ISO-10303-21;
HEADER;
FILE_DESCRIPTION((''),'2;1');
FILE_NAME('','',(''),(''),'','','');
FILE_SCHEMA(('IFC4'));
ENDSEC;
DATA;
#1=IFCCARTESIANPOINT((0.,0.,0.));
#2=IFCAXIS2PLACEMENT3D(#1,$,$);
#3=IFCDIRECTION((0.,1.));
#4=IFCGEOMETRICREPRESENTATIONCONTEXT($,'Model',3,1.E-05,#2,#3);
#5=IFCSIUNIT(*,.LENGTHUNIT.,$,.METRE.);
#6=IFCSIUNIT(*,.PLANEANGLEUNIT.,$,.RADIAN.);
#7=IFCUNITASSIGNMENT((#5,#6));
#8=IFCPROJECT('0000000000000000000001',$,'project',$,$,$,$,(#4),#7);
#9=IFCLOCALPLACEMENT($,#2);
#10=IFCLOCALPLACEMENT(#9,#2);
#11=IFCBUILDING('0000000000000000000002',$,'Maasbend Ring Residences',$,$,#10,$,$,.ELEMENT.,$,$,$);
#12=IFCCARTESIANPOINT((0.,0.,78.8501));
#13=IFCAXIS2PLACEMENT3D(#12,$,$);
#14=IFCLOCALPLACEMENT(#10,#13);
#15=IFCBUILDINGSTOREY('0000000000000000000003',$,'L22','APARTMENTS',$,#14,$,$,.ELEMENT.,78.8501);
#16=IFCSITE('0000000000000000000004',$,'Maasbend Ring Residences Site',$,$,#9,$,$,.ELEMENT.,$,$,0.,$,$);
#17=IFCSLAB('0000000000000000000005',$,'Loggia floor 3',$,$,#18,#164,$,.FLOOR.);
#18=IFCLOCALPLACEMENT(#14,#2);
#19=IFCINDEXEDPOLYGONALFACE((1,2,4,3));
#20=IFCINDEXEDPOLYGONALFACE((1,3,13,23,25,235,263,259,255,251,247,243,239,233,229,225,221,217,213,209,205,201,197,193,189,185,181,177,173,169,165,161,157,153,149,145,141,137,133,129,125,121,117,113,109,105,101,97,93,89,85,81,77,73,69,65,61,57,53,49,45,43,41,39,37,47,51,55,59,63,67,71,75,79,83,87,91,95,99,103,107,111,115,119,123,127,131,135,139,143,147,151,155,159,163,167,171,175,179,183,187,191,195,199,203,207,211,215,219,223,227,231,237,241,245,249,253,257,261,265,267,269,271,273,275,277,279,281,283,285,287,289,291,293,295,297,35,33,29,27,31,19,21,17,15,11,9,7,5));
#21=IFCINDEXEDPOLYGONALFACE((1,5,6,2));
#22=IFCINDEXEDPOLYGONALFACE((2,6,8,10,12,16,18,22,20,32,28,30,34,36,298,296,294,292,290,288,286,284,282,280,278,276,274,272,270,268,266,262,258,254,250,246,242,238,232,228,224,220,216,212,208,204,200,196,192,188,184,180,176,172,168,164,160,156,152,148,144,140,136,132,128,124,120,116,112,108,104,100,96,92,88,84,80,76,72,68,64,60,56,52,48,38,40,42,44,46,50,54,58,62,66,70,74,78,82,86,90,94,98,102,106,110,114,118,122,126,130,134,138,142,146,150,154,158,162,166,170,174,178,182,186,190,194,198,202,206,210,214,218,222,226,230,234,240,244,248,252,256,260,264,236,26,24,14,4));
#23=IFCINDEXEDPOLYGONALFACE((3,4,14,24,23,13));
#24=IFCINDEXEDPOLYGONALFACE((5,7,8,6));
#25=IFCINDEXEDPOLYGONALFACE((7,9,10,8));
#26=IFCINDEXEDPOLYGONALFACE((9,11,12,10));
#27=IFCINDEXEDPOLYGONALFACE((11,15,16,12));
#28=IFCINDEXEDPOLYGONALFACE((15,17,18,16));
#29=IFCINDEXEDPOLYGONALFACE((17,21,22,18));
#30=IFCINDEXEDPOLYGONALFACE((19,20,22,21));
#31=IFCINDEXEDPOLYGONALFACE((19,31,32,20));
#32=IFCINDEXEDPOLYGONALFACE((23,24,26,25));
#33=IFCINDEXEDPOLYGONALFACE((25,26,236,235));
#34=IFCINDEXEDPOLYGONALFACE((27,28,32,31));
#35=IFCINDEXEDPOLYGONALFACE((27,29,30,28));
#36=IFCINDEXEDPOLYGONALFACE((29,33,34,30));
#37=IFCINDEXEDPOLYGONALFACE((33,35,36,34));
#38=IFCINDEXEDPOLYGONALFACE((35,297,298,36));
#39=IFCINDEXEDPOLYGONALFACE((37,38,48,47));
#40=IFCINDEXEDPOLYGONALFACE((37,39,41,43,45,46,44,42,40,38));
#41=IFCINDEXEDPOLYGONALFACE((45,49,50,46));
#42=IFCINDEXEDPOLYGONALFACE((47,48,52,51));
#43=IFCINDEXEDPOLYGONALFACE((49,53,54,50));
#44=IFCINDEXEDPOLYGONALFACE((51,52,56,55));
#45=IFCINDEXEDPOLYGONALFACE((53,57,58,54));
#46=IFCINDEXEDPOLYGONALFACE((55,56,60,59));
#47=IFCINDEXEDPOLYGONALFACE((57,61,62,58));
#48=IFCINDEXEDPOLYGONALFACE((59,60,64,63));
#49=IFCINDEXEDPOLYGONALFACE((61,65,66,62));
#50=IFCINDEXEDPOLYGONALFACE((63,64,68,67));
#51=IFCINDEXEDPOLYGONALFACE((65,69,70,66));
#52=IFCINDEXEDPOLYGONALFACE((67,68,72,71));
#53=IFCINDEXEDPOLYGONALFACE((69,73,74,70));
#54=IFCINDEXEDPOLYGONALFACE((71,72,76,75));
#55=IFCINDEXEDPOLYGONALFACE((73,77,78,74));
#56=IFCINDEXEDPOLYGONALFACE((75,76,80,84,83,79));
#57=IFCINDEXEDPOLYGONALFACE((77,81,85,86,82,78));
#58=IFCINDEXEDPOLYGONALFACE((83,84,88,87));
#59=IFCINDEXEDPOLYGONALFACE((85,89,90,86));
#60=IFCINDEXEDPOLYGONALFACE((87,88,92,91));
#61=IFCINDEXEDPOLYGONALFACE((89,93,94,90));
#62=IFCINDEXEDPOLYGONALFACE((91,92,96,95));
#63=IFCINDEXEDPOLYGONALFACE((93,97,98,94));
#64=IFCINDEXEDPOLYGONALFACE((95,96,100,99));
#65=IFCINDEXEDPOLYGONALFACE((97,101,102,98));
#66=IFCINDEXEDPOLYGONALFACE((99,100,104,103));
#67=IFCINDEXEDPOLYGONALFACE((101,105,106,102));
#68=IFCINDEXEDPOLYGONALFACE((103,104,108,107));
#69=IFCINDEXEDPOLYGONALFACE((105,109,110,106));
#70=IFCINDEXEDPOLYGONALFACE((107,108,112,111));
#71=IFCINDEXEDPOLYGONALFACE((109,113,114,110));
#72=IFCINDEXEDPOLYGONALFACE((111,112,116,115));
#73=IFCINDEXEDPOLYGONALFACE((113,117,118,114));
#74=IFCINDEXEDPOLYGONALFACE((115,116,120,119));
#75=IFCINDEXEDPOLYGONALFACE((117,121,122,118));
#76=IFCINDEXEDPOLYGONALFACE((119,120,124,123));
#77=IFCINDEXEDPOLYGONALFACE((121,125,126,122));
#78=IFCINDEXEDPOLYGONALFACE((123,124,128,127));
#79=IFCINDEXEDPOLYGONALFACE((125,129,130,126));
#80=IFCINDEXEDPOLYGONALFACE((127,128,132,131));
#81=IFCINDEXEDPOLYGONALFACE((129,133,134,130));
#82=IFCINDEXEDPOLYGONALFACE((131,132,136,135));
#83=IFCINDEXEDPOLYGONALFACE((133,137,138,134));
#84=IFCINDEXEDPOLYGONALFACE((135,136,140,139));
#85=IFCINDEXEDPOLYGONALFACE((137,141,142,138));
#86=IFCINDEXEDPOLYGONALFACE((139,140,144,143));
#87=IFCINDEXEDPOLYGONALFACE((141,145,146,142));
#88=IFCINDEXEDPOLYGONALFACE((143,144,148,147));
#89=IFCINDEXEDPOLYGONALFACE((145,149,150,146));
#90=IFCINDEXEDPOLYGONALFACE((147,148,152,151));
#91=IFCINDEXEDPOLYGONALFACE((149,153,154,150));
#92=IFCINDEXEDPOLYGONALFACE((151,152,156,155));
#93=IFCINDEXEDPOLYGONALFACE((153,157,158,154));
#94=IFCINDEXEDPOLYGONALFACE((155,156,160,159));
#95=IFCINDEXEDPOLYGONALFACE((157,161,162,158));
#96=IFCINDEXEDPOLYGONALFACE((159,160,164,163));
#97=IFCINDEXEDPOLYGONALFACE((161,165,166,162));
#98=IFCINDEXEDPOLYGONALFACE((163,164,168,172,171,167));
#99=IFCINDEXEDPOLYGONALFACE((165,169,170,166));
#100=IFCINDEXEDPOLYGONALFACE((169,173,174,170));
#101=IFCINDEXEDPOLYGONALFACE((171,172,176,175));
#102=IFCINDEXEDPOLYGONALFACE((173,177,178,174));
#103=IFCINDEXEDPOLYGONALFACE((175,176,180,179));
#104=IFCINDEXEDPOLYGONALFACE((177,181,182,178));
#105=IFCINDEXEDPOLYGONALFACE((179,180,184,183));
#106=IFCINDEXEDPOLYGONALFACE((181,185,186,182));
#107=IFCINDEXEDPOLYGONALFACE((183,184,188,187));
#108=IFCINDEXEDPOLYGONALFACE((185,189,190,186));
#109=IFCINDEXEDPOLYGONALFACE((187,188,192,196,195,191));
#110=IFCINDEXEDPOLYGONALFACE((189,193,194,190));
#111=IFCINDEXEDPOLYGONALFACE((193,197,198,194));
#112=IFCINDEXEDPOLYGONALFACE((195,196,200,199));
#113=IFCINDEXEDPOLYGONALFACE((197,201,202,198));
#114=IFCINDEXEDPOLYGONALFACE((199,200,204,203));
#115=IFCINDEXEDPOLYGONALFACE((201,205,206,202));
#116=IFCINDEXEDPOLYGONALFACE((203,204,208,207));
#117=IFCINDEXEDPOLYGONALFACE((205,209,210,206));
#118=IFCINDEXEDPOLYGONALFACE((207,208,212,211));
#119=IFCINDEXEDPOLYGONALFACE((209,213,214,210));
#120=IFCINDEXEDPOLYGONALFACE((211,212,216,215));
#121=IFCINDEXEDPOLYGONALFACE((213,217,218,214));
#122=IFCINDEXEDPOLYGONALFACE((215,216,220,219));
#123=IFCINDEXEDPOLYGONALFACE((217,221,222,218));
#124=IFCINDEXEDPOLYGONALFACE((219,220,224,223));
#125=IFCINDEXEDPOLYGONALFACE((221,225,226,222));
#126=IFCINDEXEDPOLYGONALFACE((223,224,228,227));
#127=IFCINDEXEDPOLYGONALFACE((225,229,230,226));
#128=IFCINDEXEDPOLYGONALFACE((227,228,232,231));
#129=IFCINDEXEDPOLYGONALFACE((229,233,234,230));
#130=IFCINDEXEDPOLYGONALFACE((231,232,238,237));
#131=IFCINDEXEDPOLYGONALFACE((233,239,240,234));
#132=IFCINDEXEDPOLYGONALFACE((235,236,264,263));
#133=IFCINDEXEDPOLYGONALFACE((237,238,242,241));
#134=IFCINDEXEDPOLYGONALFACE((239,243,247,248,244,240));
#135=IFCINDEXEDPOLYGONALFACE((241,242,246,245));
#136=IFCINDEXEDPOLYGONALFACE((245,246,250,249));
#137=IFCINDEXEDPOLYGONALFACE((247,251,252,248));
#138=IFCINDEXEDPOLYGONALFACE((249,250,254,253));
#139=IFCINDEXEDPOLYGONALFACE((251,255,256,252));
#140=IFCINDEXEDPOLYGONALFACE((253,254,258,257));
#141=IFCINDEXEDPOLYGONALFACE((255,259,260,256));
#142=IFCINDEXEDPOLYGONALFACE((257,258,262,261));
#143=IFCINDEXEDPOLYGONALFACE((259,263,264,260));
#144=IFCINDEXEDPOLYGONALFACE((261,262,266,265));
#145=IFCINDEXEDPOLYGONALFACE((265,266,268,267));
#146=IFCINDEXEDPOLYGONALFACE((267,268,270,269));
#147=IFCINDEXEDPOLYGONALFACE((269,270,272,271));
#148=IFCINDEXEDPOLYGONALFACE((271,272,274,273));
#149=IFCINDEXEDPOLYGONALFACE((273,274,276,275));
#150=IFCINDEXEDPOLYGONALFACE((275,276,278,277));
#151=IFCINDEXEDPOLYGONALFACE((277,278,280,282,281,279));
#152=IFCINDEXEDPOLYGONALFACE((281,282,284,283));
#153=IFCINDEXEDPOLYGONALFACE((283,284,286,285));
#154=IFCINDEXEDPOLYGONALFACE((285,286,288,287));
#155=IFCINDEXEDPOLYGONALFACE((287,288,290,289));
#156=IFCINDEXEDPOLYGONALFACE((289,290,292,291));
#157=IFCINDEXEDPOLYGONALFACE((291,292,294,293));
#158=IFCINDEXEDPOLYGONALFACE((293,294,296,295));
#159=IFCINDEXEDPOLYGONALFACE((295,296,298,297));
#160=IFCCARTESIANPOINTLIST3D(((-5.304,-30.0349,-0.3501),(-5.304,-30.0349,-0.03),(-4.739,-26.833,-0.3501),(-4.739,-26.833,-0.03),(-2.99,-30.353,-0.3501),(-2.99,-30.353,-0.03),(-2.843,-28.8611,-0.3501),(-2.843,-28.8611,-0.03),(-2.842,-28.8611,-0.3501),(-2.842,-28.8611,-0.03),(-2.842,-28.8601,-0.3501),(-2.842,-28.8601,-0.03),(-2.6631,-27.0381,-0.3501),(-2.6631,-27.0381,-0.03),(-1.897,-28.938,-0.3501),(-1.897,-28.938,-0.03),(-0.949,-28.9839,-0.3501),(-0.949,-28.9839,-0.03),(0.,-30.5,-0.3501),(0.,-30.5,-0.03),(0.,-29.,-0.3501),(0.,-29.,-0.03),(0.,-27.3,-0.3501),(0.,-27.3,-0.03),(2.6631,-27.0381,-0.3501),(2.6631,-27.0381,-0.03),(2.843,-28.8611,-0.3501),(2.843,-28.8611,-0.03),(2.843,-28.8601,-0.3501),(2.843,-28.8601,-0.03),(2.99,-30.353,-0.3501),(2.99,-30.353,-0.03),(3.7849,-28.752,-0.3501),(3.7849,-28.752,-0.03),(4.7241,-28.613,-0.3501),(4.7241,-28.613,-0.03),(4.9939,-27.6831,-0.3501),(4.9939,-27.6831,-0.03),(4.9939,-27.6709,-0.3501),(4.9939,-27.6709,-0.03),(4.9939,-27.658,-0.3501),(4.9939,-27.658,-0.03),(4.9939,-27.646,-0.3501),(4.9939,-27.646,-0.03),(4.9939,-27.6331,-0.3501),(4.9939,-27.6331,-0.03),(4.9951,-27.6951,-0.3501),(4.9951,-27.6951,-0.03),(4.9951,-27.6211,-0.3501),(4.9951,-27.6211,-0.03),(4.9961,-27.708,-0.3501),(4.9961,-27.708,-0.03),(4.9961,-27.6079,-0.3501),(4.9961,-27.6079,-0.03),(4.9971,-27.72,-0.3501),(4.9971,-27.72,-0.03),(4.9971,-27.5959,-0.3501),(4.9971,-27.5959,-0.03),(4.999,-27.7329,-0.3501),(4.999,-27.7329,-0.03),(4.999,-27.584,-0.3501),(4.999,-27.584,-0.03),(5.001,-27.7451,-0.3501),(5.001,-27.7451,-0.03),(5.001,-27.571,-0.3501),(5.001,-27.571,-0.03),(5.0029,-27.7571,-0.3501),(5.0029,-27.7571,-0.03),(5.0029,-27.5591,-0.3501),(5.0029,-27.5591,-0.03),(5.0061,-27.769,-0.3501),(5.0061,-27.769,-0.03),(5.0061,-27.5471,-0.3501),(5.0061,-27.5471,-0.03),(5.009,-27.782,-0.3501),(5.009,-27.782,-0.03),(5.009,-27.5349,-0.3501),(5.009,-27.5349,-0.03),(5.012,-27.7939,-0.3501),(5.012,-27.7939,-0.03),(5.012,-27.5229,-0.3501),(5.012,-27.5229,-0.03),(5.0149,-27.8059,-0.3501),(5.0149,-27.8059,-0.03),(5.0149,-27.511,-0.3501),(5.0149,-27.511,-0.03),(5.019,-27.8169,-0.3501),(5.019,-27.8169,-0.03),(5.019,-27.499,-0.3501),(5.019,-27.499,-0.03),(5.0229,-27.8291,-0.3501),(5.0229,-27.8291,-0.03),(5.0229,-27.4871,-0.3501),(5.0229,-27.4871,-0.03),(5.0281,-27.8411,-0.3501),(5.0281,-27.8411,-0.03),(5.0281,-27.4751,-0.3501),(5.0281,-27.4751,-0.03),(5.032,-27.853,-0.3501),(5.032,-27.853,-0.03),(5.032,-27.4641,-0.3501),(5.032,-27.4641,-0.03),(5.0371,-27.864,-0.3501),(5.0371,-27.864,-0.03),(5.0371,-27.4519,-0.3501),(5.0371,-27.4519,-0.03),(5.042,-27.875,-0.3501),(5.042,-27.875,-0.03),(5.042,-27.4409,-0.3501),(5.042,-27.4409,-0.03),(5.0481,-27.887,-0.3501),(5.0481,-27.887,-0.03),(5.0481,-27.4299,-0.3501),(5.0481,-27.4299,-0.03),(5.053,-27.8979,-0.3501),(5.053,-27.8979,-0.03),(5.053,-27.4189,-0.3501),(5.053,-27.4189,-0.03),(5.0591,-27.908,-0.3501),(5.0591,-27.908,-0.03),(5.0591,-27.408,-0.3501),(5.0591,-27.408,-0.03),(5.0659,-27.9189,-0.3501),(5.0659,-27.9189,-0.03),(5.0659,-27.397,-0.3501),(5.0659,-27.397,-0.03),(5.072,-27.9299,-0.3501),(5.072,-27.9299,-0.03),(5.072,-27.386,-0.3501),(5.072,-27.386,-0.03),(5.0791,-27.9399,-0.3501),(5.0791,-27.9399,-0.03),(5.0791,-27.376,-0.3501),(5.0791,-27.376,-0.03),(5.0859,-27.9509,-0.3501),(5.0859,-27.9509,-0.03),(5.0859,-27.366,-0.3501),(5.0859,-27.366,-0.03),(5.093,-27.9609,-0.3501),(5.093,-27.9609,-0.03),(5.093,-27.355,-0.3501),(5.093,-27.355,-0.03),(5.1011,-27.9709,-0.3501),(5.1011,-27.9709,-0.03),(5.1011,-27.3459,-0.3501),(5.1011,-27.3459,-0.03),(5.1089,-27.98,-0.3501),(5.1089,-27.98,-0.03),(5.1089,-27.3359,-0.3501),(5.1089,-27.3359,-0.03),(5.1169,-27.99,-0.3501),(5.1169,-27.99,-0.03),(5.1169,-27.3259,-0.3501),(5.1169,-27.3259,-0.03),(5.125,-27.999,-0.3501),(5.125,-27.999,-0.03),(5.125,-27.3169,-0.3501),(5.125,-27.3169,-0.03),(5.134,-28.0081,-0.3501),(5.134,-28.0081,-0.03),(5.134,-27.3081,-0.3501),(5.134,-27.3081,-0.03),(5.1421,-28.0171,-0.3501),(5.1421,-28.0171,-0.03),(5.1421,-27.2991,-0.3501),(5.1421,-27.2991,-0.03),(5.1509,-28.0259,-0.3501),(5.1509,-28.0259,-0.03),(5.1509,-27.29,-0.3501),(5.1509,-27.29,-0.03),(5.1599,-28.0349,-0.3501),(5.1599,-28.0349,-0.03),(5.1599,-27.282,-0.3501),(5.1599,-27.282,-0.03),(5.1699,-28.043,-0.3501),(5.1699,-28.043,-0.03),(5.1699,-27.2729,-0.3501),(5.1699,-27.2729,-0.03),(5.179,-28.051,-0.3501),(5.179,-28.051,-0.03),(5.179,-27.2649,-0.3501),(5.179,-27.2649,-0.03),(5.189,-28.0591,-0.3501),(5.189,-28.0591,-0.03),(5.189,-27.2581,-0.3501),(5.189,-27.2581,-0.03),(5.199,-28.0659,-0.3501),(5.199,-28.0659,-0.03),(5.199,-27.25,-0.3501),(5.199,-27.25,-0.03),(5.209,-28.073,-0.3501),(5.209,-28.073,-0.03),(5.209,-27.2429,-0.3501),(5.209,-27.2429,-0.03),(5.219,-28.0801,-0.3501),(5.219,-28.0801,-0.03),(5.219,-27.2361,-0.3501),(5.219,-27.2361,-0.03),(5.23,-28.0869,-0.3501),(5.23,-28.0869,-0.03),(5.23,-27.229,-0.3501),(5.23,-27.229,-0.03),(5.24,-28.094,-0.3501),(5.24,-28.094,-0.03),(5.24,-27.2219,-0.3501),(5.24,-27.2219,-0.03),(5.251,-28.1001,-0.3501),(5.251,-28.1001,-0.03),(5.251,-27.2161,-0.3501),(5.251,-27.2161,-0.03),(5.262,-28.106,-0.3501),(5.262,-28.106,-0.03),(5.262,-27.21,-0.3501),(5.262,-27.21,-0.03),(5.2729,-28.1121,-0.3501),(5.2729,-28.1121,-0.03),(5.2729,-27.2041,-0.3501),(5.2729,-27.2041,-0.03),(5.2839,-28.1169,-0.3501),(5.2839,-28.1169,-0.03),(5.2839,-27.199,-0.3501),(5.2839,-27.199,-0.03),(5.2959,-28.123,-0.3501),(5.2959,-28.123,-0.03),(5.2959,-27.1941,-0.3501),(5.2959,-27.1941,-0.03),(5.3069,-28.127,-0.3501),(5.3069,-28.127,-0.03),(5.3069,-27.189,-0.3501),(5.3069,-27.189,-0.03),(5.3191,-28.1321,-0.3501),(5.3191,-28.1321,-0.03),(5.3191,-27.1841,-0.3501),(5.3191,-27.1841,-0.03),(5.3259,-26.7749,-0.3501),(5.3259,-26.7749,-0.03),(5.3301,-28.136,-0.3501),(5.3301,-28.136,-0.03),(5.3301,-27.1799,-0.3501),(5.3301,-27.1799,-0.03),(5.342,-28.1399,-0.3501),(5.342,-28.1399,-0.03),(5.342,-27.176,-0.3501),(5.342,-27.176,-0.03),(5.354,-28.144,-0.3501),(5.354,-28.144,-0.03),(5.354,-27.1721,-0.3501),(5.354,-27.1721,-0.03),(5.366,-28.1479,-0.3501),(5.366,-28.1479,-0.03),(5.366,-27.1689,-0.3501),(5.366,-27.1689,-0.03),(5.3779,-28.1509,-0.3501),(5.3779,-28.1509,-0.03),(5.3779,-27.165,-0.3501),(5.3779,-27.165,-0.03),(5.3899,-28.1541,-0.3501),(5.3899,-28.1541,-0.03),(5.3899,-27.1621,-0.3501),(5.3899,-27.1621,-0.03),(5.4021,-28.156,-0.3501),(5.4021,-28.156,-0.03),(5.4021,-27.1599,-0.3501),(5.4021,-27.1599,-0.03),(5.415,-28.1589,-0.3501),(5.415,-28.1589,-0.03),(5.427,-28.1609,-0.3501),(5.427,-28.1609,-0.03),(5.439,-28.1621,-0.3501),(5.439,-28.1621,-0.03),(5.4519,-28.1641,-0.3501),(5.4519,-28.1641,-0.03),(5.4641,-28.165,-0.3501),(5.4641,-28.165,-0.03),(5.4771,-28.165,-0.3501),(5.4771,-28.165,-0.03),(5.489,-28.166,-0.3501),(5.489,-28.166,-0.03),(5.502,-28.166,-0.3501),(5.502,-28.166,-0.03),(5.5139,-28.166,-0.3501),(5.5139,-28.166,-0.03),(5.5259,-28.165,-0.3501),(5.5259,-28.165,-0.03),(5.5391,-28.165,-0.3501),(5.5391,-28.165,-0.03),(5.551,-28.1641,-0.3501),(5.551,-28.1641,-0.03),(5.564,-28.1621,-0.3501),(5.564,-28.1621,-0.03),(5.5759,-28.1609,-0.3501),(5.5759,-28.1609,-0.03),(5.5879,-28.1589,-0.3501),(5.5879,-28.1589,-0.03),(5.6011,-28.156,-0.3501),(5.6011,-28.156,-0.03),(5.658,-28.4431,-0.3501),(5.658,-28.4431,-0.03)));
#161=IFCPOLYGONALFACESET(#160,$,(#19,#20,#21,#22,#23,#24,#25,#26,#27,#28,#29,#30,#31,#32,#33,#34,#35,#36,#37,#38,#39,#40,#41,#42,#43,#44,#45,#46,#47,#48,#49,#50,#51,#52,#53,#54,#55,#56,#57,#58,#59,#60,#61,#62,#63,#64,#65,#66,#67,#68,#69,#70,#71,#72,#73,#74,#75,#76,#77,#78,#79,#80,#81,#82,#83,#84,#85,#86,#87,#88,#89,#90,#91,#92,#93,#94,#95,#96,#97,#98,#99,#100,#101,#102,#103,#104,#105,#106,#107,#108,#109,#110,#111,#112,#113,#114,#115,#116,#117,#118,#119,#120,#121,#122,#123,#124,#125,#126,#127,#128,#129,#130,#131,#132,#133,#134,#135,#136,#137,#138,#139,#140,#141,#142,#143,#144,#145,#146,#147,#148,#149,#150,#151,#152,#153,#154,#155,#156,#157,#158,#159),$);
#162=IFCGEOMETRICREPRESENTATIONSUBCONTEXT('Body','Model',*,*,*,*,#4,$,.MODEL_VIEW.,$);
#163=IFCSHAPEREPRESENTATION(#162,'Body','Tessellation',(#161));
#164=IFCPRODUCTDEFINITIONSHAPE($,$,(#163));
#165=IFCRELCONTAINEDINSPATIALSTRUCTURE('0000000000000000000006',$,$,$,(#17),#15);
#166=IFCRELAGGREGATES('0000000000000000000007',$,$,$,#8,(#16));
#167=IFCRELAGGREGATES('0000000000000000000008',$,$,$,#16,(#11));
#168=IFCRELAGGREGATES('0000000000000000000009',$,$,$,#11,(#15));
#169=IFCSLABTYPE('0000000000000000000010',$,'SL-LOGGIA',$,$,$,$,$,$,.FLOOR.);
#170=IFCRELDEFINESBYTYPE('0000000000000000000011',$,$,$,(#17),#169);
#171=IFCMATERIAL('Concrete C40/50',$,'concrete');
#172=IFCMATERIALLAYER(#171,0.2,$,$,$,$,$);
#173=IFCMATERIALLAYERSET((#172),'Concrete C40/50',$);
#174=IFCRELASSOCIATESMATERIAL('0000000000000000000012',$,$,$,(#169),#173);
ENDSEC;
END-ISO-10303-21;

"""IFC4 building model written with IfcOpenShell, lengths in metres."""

from ifc_helpers import new_model, si_unit, direction, frame, origin, place, context, subcontext, project, spatial, polyline, outline, extrude, material, layer, layer_set, type_object, element, save


model = new_model("IFC4")

# Units and contexts
model_context = context("Model", 3, precision=1e-05, world=origin(), true_north=direction((0.0, 1.0)))
body_context = subcontext(model_context, "Body", "Model", "MODEL_VIEW")
ifc_project = project(units=[si_unit("LENGTHUNIT", "METRE"), si_unit("PLANEANGLEUNIT", "RADIAN")], contexts=[model_context])

# Site, building, storey
site_placement = place(None, origin())
site = spatial("IfcSite", under=ifc_project, at=site_placement, Name="Maasbend Ring Residences Site", CompositionType="ELEMENT", RefElevation=0.0)
building_placement = place(site_placement, origin())
building = spatial("IfcBuilding", under=site, at=building_placement, Name="Maasbend Ring Residences", CompositionType="ELEMENT")
storey_placement = place(building_placement, frame((0.0, 0.0, 78.8501)))
storey = spatial("IfcBuildingStorey", under=building, at=storey_placement, Name="L22", Description="APARTMENTS", CompositionType="ELEMENT", Elevation=78.8501)

# Slab
ifc_material_1 = material(Name="Concrete C40/50", Category="concrete")
ifc_layer_1 = layer(ifc_material_1, 0.2)
ifc_layer_set_1 = layer_set([ifc_layer_1], Name="Concrete C40/50")
slab_type_1 = type_object("IfcSlabType", Name="SL-LOGGIA", PredefinedType="FLOOR", material=ifc_layer_set_1)
slab_1_placement = place(storey_placement, frame((0.0, 0.0, -0.3501)))
element("IfcSlab", 1, at=slab_1_placement, inside=storey, type_object=slab_type_1, Name="Loggia floor 3", PredefinedType="FLOOR", context=body_context, shape_type="SweptSolid", body=[
    extrude(outline(polyline([(-2.6631, -27.0381), (0.0, -27.3), (0.0, -27.3), (0.0, -27.3), (2.6631, -27.0381), (5.3259, -26.7749), (5.3259, -26.7749), (5.3259, -26.7749), (5.4021, -27.1599), (5.4021, -27.1599), (5.3899, -27.1621), (5.3779, -27.165), (5.366, -27.1689), (5.354, -27.1721), (5.342, -27.176), (5.3301, -27.1799), (5.3191, -27.1841), (5.3069, -27.189), (5.2959, -27.1941), (5.2839, -27.199), (5.2729, -27.2041), (5.262, -27.21), (5.251, -27.2161), (5.24, -27.2219), (5.23, -27.229), (5.219, -27.2361), (5.209, -27.2429), (5.199, -27.25), (5.189, -27.2581), (5.179, -27.2649), (5.1699, -27.2729), (5.1599, -27.282), (5.1509, -27.29), (5.1421, -27.2991), (5.134, -27.3081), (5.125, -27.3169), (5.1169, -27.3259), (5.1089, -27.3359), (5.1011, -27.3459), (5.093, -27.355), (5.0859, -27.366), (5.0791, -27.376), (5.072, -27.386), (5.0659, -27.397), (5.0591, -27.408), (5.053, -27.4189), (5.0481, -27.4299), (5.042, -27.4409), (5.0371, -27.4519), (5.032, -27.4641), (5.0281, -27.4751), (5.0229, -27.4871), (5.019, -27.499), (5.0149, -27.511), (5.012, -27.5229), (5.009, -27.5349), (5.0061, -27.5471), (5.0029, -27.5591), (5.001, -27.571), (4.999, -27.584), (4.9971, -27.5959), (4.9961, -27.6079), (4.9951, -27.6211), (4.9939, -27.6331), (4.9939, -27.646), (4.9939, -27.658), (4.9939, -27.6709), (4.9939, -27.6831), (4.9951, -27.6951), (4.9961, -27.708), (4.9971, -27.72), (4.999, -27.7329), (5.001, -27.7451), (5.0029, -27.7571), (5.0061, -27.769), (5.009, -27.782), (5.012, -27.7939), (5.0149, -27.8059), (5.019, -27.8169), (5.0229, -27.8291), (5.0281, -27.8411), (5.032, -27.853), (5.0371, -27.864), (5.042, -27.875), (5.0481, -27.887), (5.053, -27.8979), (5.0591, -27.908), (5.0659, -27.9189), (5.072, -27.9299), (5.0791, -27.9399), (5.0859, -27.9509), (5.093, -27.9609), (5.1011, -27.9709), (5.1089, -27.98), (5.1169, -27.99), (5.125, -27.999), (5.134, -28.0081), (5.1421, -28.0171), (5.1509, -28.0259), (5.1599, -28.0349), (5.1699, -28.043), (5.179, -28.051), (5.189, -28.0591), (5.199, -28.0659), (5.209, -28.073), (5.219, -28.0801), (5.23, -28.0869), (5.24, -28.094), (5.251, -28.1001), (5.262, -28.106), (5.2729, -28.1121), (5.2839, -28.1169), (5.2959, -28.123), (5.3069, -28.127), (5.3191, -28.1321), (5.3301, -28.136), (5.342, -28.1399), (5.354, -28.144), (5.366, -28.1479), (5.3779, -28.1509), (5.3899, -28.1541), (5.4021, -28.156), (5.415, -28.1589), (5.427, -28.1609), (5.439, -28.1621), (5.4519, -28.1641), (5.4641, -28.165), (5.4771, -28.165), (5.489, -28.166), (5.502, -28.166), (5.5139, -28.166), (5.5259, -28.165), (5.5391, -28.165), (5.551, -28.1641), (5.564, -28.1621), (5.5759, -28.1609), (5.5879, -28.1589), (5.6011, -28.156), (5.6011, -28.156), (5.658, -28.4431), (5.658, -28.4431), (5.658, -28.4431), (4.7241, -28.613), (4.7241, -28.613), (3.7849, -28.752), (3.7849, -28.752), (2.843, -28.8601), (2.843, -28.8601), (2.843, -28.8601), (2.843, -28.8601), (2.843, -28.8601), (2.843, -28.8601), (2.843, -28.8601), (2.843, -28.8601), (2.843, -28.8601), (2.843, -28.8611), (2.843, -28.8611), (2.843, -28.8611), (2.843, -28.8611), (2.843, -28.8611), (2.843, -28.8611), (2.843, -28.8611), (2.843, -28.8611), (2.99, -30.353), (2.99, -30.353), (2.99, -30.353), (0.0, -30.5), (0.0, -30.5), (0.0, -30.5), (0.0, -29.0), (0.0, -29.0), (0.0, -29.0), (0.0, -29.0), (0.0, -29.0), (0.0, -29.0), (0.0, -29.0), (0.0, -29.0), (0.0, -29.0), (0.0, -29.0), (0.0, -29.0), (0.0, -29.0), (0.0, -29.0), (0.0, -29.0), (0.0, -29.0), (0.0, -29.0), (0.0, -29.0), (-0.949, -28.9839), (-0.949, -28.9839), (-1.897, -28.938), (-1.897, -28.938), (-2.842, -28.8601), (-2.842, -28.8601), (-2.842, -28.8601), (-2.842, -28.8601), (-2.842, -28.8601), (-2.842, -28.8601), (-2.842, -28.8601), (-2.842, -28.8601), (-2.842, -28.8611), (-2.842, -28.8611), (-2.842, -28.8611), (-2.842, -28.8611), (-2.842, -28.8611), (-2.843, -28.8611), (-2.843, -28.8611), (-2.843, -28.8611), (-2.843, -28.8611), (-2.99, -30.353), (-2.99, -30.353), (-2.99, -30.353), (-5.304, -30.0349), (-5.304, -30.0349), (-5.304, -30.0349), (-4.739, -26.833), (-4.739, -26.833), (-4.739, -26.833), (-2.6631, -27.0381)])), origin(), (0.0, 0.0, 1.0), 0.3201),
])

save(model, "model.ifc")
